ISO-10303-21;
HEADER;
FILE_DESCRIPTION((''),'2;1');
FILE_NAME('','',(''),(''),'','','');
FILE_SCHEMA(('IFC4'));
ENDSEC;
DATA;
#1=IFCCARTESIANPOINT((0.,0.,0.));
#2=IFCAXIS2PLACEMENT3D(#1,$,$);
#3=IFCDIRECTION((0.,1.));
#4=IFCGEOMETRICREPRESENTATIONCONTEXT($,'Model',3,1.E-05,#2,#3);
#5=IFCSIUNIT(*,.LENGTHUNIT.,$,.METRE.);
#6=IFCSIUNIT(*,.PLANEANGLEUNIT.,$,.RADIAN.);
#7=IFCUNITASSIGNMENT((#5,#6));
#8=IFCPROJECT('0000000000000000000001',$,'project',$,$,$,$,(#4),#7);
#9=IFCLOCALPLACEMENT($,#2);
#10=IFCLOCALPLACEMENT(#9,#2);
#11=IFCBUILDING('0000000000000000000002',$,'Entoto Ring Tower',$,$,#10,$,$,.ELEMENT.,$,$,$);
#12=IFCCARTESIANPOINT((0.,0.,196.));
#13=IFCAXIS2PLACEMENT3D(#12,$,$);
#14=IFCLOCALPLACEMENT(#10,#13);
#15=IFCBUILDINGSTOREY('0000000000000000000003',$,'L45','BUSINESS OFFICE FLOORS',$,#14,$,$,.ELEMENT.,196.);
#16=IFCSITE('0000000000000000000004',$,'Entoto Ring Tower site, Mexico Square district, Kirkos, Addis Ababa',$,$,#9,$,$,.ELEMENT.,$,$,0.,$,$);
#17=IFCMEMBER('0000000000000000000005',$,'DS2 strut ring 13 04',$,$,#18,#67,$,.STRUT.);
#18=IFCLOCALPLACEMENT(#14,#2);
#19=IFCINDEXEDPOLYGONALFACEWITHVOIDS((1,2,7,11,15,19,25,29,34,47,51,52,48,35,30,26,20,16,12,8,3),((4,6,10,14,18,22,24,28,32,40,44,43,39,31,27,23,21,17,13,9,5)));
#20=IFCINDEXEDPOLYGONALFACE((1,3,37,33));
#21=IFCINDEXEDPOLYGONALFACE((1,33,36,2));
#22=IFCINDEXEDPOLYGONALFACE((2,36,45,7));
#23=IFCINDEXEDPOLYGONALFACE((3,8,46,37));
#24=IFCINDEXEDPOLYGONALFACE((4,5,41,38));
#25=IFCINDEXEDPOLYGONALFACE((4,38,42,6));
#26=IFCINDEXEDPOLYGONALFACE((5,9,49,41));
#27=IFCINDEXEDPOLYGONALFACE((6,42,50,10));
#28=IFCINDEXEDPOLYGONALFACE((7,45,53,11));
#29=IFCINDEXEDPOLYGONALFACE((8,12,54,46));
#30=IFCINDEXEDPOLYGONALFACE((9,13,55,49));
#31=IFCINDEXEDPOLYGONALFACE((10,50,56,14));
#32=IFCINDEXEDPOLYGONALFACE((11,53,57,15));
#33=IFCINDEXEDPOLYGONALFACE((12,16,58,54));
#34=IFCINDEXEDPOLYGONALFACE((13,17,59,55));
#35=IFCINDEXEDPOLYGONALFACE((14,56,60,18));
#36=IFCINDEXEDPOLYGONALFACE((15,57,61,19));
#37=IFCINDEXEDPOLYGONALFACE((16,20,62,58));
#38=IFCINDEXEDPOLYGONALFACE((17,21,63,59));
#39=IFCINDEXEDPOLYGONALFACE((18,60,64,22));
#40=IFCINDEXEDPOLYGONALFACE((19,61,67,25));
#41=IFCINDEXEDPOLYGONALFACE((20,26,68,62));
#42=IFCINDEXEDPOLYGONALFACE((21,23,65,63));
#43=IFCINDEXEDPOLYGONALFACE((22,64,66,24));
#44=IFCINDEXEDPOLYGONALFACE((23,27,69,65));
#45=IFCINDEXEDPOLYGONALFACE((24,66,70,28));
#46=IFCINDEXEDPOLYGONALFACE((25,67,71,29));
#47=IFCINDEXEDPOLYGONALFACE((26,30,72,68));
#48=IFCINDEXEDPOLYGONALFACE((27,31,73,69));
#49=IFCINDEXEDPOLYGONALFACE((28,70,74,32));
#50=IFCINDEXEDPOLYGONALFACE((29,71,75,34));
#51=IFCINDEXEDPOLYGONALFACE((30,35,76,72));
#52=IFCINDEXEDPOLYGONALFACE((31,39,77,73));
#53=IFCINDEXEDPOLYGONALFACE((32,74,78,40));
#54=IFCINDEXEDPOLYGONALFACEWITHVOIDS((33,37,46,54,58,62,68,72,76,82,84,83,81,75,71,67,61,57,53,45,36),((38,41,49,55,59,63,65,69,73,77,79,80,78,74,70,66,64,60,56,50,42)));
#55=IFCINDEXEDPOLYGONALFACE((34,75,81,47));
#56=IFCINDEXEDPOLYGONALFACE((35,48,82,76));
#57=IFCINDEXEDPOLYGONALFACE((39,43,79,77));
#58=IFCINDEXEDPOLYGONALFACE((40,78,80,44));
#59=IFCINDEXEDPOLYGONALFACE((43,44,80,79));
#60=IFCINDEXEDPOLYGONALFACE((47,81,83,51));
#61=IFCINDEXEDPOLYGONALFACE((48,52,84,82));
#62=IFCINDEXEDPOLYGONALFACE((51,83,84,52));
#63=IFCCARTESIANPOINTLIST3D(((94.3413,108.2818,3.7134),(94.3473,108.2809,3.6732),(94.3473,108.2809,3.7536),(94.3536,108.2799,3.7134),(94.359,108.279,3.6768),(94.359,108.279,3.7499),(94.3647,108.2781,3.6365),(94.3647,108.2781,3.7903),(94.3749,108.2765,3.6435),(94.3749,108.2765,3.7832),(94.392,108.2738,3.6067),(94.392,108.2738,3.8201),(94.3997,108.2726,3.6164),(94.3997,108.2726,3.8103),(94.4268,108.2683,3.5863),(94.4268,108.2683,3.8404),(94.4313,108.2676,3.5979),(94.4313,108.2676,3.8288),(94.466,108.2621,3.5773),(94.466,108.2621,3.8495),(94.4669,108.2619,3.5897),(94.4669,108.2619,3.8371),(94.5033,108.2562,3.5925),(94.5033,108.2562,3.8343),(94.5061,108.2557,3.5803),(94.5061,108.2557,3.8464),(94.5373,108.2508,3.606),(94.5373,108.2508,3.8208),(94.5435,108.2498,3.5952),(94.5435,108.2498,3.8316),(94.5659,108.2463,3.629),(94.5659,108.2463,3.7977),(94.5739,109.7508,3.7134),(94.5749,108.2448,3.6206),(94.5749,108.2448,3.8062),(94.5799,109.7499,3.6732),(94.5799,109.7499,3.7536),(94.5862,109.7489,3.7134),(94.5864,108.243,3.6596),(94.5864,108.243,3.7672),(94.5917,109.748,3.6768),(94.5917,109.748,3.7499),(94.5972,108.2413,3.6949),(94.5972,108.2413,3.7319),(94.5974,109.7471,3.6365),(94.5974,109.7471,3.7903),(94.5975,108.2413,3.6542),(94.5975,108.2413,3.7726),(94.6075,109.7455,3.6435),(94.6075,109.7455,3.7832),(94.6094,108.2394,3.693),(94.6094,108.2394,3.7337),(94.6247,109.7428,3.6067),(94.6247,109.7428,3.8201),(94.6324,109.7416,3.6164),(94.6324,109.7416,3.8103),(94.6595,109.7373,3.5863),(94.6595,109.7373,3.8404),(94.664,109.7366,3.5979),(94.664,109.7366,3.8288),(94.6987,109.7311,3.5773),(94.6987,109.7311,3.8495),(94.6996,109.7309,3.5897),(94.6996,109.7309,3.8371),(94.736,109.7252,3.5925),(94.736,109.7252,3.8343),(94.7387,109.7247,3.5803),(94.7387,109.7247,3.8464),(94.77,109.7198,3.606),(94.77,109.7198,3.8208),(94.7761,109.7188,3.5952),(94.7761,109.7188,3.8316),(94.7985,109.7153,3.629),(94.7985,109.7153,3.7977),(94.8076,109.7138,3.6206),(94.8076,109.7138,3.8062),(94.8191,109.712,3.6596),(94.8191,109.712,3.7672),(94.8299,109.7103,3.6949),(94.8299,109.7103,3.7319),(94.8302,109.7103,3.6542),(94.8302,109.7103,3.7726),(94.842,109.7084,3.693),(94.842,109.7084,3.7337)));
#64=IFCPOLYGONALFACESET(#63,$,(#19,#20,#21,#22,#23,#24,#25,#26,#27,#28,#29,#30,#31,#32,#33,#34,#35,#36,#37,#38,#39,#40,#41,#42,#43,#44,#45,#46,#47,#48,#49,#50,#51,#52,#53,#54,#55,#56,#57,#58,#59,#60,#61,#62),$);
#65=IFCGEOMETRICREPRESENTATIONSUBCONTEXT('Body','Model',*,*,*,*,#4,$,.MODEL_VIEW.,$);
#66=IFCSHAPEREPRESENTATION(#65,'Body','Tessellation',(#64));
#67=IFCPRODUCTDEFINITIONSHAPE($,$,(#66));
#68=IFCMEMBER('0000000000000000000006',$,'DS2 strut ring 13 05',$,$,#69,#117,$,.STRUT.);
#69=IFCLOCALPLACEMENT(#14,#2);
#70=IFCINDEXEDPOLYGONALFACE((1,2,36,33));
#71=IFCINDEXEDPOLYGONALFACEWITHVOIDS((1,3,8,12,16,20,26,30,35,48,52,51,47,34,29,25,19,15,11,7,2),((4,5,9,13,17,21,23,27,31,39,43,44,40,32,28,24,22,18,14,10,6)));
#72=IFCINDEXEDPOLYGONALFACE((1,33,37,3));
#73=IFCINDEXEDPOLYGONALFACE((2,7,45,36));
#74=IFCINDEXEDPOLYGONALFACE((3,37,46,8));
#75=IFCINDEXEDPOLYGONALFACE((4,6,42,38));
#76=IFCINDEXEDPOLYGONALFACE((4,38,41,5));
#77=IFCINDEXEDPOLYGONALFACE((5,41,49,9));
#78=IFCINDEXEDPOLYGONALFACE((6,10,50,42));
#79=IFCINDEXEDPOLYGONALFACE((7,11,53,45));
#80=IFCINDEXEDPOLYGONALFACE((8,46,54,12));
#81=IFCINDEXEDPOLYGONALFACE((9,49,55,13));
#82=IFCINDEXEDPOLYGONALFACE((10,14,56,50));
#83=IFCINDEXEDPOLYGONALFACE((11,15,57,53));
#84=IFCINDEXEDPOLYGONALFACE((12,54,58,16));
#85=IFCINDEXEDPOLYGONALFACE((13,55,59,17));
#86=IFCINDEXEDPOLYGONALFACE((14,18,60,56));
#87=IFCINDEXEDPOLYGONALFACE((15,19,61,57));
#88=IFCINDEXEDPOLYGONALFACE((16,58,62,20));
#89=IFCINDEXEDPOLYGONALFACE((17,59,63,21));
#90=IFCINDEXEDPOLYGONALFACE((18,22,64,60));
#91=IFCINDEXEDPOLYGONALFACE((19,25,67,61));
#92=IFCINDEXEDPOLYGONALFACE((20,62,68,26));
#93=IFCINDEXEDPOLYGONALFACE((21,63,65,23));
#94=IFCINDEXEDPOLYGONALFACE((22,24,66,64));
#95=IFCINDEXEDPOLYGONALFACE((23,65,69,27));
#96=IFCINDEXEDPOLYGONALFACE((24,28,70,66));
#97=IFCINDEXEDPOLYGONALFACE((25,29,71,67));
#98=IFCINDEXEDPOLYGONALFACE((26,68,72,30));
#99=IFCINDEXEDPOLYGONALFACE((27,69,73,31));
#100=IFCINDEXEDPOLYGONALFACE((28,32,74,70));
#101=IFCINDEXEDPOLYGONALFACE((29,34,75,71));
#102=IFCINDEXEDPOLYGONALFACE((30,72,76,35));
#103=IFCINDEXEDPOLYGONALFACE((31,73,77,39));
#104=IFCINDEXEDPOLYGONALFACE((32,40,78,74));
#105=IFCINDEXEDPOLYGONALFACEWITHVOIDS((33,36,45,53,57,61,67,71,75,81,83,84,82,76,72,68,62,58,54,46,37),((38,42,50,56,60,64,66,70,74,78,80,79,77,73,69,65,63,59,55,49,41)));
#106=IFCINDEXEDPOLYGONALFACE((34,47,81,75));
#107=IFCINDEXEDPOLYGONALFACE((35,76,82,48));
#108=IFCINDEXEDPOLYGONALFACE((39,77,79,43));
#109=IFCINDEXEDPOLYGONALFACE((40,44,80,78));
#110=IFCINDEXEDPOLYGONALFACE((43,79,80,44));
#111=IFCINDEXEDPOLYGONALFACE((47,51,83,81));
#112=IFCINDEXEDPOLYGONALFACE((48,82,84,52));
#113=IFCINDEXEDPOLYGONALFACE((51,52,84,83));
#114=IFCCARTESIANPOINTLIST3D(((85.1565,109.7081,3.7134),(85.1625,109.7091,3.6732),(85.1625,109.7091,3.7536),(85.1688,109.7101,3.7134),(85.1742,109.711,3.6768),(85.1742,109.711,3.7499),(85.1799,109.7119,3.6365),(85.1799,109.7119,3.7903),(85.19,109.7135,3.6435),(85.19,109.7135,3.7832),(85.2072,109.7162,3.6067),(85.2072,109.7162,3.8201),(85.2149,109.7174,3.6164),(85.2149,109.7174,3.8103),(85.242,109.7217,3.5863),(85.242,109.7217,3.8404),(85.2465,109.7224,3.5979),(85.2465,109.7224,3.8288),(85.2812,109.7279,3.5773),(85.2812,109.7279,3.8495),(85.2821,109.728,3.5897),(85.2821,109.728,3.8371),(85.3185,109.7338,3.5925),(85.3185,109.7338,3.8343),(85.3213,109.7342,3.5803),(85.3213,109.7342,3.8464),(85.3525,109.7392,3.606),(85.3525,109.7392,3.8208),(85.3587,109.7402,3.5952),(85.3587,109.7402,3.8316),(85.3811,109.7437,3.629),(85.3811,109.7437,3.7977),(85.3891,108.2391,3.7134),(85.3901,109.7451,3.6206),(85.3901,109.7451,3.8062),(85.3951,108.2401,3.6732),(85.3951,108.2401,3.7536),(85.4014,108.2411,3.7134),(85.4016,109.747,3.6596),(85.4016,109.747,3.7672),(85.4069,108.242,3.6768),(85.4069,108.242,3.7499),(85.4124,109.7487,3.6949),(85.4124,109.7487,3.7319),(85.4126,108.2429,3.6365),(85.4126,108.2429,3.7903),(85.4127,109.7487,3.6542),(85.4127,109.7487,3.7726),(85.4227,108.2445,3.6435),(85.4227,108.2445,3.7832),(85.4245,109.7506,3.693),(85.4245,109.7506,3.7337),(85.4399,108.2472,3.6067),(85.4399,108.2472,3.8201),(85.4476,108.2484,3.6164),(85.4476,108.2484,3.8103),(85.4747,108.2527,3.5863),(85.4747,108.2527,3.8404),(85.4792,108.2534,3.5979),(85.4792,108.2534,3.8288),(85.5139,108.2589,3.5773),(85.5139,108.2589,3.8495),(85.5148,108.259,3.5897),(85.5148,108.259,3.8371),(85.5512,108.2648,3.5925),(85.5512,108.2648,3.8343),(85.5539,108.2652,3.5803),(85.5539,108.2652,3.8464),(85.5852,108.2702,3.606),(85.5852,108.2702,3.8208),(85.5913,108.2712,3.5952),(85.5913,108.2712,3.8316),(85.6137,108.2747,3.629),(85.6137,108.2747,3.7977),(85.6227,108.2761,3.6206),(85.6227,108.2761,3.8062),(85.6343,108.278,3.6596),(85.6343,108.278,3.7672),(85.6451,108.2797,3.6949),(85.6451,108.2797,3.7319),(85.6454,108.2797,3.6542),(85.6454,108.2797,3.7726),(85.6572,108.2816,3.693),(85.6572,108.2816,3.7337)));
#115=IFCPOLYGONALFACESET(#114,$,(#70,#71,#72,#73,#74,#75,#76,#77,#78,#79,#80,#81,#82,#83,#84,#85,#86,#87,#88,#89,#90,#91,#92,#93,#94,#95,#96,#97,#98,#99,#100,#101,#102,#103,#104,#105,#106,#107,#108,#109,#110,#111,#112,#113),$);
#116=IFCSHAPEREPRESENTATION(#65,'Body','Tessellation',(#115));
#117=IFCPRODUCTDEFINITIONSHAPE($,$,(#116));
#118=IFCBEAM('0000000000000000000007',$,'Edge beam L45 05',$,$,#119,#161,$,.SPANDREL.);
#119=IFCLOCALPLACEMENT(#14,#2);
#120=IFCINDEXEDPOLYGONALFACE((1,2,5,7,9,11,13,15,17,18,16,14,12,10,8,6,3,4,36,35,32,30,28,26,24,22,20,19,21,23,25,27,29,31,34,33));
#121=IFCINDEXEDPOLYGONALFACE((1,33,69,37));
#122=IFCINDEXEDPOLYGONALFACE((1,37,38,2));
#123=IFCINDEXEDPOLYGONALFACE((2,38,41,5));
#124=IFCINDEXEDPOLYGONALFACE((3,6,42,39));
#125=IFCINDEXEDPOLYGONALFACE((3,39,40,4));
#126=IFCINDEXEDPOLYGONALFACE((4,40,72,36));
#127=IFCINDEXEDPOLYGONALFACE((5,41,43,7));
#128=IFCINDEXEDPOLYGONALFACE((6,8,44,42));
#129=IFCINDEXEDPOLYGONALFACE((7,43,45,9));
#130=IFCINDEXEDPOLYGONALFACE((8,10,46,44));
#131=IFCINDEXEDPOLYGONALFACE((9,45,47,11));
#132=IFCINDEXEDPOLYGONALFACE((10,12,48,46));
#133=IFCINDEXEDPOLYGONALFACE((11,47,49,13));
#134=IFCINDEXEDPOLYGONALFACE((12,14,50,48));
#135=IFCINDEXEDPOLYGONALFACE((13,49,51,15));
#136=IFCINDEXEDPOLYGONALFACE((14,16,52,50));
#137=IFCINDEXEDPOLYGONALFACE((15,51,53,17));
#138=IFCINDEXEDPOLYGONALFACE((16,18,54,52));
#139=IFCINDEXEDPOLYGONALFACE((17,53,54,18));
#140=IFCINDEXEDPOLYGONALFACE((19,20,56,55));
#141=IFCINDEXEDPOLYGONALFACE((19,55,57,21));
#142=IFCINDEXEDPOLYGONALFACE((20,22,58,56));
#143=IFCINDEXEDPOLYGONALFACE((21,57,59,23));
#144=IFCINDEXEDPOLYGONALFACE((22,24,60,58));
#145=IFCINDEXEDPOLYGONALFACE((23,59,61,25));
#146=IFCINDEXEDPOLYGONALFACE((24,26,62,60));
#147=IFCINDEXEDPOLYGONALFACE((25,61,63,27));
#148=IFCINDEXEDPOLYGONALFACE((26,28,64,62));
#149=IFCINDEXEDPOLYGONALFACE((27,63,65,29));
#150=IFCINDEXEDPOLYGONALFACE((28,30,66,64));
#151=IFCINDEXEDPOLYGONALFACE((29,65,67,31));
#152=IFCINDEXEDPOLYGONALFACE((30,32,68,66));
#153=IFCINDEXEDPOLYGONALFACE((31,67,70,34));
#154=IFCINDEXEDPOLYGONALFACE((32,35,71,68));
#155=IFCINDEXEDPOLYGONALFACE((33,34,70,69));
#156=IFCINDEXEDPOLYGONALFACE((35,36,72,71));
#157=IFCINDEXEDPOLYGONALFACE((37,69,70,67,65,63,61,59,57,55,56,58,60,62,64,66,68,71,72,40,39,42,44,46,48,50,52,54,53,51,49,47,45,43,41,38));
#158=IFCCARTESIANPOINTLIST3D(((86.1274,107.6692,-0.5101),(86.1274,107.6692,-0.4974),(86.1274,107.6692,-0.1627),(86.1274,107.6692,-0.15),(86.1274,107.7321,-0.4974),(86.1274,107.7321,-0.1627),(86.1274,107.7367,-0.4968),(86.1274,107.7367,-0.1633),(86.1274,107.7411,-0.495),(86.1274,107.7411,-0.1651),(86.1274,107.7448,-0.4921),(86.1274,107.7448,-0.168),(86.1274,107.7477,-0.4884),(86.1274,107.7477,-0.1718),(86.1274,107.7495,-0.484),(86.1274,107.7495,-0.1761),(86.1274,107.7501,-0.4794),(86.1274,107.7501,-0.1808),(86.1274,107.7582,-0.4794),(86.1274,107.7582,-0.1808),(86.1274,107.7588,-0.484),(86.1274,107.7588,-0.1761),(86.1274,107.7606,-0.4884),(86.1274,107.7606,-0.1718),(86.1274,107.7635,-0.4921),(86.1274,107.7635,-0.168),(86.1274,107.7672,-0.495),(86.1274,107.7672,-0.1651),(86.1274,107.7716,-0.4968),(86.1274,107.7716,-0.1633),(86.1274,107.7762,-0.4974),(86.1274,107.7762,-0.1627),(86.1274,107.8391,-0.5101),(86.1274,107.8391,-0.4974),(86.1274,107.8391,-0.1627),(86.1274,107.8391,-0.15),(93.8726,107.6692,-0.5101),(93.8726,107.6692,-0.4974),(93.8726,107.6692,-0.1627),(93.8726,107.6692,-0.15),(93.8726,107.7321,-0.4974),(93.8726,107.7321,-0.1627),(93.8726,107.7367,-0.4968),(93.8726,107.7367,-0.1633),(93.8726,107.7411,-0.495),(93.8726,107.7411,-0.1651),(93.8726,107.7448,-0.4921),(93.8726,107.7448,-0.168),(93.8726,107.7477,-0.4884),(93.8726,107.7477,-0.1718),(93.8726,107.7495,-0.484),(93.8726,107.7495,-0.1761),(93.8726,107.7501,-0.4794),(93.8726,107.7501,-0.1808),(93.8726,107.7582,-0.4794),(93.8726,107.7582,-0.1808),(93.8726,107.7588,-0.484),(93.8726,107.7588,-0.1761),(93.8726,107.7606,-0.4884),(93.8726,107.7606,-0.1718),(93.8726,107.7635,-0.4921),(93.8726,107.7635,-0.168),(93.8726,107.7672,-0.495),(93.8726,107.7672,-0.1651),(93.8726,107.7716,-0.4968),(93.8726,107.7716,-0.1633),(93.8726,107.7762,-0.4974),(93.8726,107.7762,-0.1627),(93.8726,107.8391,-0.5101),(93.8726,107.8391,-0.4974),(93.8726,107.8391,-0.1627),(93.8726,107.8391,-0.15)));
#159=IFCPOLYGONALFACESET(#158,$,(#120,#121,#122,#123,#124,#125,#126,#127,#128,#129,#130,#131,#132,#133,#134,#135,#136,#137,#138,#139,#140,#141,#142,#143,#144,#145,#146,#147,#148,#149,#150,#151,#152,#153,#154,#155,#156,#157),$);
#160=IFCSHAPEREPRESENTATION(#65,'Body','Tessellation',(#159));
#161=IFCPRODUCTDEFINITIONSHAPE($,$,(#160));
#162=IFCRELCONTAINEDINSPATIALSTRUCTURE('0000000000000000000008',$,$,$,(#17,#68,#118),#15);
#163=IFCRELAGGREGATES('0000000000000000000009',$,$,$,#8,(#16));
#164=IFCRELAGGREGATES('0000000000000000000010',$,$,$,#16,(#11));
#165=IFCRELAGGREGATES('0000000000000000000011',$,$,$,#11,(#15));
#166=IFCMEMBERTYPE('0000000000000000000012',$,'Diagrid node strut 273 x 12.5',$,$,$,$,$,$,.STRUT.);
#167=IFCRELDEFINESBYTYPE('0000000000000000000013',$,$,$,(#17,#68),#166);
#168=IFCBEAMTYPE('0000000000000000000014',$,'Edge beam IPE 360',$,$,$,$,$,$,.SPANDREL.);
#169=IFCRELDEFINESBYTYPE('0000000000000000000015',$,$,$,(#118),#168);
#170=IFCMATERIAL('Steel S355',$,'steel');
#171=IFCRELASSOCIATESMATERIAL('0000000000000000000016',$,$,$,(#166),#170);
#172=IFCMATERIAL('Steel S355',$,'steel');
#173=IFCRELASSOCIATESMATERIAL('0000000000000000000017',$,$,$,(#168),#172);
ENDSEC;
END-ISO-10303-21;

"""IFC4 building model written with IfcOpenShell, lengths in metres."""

from ifc_helpers import new_model, si_unit, direction, frame, origin, origin_2d, place, context, subcontext, project, spatial, circle, hollow_circle, i_section, extrude, material, material_profile, profile_set, type_object, element, save


model = new_model("IFC4")

# Units and contexts
model_context = context("Model", 3, precision=1e-05, world=origin(), true_north=direction((0.0, 1.0)))
body_context = subcontext(model_context, "Body", "Model", "MODEL_VIEW")
ifc_project = project(units=[si_unit("LENGTHUNIT", "METRE"), si_unit("PLANEANGLEUNIT", "RADIAN")], contexts=[model_context])

# Site, building, storey
site_placement = place(None, origin())
site = spatial("IfcSite", under=ifc_project, at=site_placement, Name="Entoto Ring Tower site, Mexico Square district, Kirkos, Addis Ababa", CompositionType="ELEMENT", RefElevation=0.0)
building_placement = place(site_placement, origin())
building = spatial("IfcBuilding", under=site, at=building_placement, Name="Entoto Ring Tower", CompositionType="ELEMENT")
storey_placement = place(building_placement, frame((0.0, 0.0, 196.0)))
storey = spatial("IfcBuildingStorey", under=building, at=storey_placement, Name="L45", Description="BUSINESS OFFICE FLOORS", CompositionType="ELEMENT", Elevation=196.0)

# Members
ifc_material_1 = material(Name="Steel S355", Category="steel")
ifc_material_profile_1 = material_profile(ifc_material_1, hollow_circle(Radius=0.1365, WallThickness=0.0125, at=origin_2d()), Name="CHS 273 x 12.5")
ifc_material_2 = material(Name="Concrete C60/75", Category="concrete")
ifc_material_profile_2 = material_profile(ifc_material_2, circle(Radius=0.124, at=origin_2d()), Name="Concrete C60/75 infill")
ifc_profile_set_1 = profile_set([ifc_material_profile_1, ifc_material_profile_2], Name="Steel S355")
member_type = type_object("IfcMemberType", Name="Diagrid node strut 273 x 12.5", PredefinedType="STRUT", material=ifc_profile_set_1)
for number, where, z_axis, x_axis, name in (
    (1, (94.4761, 108.2605, 3.7134), (0.156435, 0.987688, 0.0), (-0.987688, 0.156435, 0.0), "DS2 strut ring 13 04"),
    (2, (85.5239, 108.2605, 3.7134), (-0.156435, 0.987688, 0.0), (-0.987688, -0.156435, 0.0), "DS2 strut ring 13 05"),
):
    element("IfcMember", number, at=place(storey_placement, frame(where, z_axis=z_axis, x_axis=x_axis)), inside=storey, type_object=member_type, Name=name, PredefinedType="STRUT", context=body_context, shape_type="SweptSolid", body=[
        extrude(hollow_circle(Radius=0.1365, WallThickness=0.0125, at=origin_2d()), origin(), (0.0, 0.0, 1.0), 1.4873),
    ])

# Beam
ifc_material_3 = material(Name="Steel S355", Category="steel")
ifc_material_profile_3 = material_profile(ifc_material_3, i_section(OverallWidth=0.1699, OverallDepth=0.3601, WebThickness=0.0081, FlangeThickness=0.0127, FilletRadius=0.0181, at=origin_2d()), Name="IPE 360")
ifc_profile_set_2 = profile_set([ifc_material_profile_3], Name="Steel S355")
beam_type_1 = type_object("IfcBeamType", Name="Edge beam IPE 360", PredefinedType="SPANDREL", material=ifc_profile_set_2)
beam_1_placement = place(storey_placement, frame((93.8726, 107.7542, -0.3301), z_axis=(-1.0, 0.0, 0.0), x_axis=(0.0, -1.0, 0.0)))
element("IfcBeam", 3, at=beam_1_placement, inside=storey, type_object=beam_type_1, Name="Edge beam L45 05", PredefinedType="SPANDREL", context=body_context, shape_type="SweptSolid", body=[
    extrude(i_section(OverallWidth=0.1699, OverallDepth=0.3601, WebThickness=0.0081, FlangeThickness=0.0127, FilletRadius=0.0181, at=origin_2d()), origin(), (0.0, 0.0, 1.0), 7.7451),
])

save(model, "model.ifc")
